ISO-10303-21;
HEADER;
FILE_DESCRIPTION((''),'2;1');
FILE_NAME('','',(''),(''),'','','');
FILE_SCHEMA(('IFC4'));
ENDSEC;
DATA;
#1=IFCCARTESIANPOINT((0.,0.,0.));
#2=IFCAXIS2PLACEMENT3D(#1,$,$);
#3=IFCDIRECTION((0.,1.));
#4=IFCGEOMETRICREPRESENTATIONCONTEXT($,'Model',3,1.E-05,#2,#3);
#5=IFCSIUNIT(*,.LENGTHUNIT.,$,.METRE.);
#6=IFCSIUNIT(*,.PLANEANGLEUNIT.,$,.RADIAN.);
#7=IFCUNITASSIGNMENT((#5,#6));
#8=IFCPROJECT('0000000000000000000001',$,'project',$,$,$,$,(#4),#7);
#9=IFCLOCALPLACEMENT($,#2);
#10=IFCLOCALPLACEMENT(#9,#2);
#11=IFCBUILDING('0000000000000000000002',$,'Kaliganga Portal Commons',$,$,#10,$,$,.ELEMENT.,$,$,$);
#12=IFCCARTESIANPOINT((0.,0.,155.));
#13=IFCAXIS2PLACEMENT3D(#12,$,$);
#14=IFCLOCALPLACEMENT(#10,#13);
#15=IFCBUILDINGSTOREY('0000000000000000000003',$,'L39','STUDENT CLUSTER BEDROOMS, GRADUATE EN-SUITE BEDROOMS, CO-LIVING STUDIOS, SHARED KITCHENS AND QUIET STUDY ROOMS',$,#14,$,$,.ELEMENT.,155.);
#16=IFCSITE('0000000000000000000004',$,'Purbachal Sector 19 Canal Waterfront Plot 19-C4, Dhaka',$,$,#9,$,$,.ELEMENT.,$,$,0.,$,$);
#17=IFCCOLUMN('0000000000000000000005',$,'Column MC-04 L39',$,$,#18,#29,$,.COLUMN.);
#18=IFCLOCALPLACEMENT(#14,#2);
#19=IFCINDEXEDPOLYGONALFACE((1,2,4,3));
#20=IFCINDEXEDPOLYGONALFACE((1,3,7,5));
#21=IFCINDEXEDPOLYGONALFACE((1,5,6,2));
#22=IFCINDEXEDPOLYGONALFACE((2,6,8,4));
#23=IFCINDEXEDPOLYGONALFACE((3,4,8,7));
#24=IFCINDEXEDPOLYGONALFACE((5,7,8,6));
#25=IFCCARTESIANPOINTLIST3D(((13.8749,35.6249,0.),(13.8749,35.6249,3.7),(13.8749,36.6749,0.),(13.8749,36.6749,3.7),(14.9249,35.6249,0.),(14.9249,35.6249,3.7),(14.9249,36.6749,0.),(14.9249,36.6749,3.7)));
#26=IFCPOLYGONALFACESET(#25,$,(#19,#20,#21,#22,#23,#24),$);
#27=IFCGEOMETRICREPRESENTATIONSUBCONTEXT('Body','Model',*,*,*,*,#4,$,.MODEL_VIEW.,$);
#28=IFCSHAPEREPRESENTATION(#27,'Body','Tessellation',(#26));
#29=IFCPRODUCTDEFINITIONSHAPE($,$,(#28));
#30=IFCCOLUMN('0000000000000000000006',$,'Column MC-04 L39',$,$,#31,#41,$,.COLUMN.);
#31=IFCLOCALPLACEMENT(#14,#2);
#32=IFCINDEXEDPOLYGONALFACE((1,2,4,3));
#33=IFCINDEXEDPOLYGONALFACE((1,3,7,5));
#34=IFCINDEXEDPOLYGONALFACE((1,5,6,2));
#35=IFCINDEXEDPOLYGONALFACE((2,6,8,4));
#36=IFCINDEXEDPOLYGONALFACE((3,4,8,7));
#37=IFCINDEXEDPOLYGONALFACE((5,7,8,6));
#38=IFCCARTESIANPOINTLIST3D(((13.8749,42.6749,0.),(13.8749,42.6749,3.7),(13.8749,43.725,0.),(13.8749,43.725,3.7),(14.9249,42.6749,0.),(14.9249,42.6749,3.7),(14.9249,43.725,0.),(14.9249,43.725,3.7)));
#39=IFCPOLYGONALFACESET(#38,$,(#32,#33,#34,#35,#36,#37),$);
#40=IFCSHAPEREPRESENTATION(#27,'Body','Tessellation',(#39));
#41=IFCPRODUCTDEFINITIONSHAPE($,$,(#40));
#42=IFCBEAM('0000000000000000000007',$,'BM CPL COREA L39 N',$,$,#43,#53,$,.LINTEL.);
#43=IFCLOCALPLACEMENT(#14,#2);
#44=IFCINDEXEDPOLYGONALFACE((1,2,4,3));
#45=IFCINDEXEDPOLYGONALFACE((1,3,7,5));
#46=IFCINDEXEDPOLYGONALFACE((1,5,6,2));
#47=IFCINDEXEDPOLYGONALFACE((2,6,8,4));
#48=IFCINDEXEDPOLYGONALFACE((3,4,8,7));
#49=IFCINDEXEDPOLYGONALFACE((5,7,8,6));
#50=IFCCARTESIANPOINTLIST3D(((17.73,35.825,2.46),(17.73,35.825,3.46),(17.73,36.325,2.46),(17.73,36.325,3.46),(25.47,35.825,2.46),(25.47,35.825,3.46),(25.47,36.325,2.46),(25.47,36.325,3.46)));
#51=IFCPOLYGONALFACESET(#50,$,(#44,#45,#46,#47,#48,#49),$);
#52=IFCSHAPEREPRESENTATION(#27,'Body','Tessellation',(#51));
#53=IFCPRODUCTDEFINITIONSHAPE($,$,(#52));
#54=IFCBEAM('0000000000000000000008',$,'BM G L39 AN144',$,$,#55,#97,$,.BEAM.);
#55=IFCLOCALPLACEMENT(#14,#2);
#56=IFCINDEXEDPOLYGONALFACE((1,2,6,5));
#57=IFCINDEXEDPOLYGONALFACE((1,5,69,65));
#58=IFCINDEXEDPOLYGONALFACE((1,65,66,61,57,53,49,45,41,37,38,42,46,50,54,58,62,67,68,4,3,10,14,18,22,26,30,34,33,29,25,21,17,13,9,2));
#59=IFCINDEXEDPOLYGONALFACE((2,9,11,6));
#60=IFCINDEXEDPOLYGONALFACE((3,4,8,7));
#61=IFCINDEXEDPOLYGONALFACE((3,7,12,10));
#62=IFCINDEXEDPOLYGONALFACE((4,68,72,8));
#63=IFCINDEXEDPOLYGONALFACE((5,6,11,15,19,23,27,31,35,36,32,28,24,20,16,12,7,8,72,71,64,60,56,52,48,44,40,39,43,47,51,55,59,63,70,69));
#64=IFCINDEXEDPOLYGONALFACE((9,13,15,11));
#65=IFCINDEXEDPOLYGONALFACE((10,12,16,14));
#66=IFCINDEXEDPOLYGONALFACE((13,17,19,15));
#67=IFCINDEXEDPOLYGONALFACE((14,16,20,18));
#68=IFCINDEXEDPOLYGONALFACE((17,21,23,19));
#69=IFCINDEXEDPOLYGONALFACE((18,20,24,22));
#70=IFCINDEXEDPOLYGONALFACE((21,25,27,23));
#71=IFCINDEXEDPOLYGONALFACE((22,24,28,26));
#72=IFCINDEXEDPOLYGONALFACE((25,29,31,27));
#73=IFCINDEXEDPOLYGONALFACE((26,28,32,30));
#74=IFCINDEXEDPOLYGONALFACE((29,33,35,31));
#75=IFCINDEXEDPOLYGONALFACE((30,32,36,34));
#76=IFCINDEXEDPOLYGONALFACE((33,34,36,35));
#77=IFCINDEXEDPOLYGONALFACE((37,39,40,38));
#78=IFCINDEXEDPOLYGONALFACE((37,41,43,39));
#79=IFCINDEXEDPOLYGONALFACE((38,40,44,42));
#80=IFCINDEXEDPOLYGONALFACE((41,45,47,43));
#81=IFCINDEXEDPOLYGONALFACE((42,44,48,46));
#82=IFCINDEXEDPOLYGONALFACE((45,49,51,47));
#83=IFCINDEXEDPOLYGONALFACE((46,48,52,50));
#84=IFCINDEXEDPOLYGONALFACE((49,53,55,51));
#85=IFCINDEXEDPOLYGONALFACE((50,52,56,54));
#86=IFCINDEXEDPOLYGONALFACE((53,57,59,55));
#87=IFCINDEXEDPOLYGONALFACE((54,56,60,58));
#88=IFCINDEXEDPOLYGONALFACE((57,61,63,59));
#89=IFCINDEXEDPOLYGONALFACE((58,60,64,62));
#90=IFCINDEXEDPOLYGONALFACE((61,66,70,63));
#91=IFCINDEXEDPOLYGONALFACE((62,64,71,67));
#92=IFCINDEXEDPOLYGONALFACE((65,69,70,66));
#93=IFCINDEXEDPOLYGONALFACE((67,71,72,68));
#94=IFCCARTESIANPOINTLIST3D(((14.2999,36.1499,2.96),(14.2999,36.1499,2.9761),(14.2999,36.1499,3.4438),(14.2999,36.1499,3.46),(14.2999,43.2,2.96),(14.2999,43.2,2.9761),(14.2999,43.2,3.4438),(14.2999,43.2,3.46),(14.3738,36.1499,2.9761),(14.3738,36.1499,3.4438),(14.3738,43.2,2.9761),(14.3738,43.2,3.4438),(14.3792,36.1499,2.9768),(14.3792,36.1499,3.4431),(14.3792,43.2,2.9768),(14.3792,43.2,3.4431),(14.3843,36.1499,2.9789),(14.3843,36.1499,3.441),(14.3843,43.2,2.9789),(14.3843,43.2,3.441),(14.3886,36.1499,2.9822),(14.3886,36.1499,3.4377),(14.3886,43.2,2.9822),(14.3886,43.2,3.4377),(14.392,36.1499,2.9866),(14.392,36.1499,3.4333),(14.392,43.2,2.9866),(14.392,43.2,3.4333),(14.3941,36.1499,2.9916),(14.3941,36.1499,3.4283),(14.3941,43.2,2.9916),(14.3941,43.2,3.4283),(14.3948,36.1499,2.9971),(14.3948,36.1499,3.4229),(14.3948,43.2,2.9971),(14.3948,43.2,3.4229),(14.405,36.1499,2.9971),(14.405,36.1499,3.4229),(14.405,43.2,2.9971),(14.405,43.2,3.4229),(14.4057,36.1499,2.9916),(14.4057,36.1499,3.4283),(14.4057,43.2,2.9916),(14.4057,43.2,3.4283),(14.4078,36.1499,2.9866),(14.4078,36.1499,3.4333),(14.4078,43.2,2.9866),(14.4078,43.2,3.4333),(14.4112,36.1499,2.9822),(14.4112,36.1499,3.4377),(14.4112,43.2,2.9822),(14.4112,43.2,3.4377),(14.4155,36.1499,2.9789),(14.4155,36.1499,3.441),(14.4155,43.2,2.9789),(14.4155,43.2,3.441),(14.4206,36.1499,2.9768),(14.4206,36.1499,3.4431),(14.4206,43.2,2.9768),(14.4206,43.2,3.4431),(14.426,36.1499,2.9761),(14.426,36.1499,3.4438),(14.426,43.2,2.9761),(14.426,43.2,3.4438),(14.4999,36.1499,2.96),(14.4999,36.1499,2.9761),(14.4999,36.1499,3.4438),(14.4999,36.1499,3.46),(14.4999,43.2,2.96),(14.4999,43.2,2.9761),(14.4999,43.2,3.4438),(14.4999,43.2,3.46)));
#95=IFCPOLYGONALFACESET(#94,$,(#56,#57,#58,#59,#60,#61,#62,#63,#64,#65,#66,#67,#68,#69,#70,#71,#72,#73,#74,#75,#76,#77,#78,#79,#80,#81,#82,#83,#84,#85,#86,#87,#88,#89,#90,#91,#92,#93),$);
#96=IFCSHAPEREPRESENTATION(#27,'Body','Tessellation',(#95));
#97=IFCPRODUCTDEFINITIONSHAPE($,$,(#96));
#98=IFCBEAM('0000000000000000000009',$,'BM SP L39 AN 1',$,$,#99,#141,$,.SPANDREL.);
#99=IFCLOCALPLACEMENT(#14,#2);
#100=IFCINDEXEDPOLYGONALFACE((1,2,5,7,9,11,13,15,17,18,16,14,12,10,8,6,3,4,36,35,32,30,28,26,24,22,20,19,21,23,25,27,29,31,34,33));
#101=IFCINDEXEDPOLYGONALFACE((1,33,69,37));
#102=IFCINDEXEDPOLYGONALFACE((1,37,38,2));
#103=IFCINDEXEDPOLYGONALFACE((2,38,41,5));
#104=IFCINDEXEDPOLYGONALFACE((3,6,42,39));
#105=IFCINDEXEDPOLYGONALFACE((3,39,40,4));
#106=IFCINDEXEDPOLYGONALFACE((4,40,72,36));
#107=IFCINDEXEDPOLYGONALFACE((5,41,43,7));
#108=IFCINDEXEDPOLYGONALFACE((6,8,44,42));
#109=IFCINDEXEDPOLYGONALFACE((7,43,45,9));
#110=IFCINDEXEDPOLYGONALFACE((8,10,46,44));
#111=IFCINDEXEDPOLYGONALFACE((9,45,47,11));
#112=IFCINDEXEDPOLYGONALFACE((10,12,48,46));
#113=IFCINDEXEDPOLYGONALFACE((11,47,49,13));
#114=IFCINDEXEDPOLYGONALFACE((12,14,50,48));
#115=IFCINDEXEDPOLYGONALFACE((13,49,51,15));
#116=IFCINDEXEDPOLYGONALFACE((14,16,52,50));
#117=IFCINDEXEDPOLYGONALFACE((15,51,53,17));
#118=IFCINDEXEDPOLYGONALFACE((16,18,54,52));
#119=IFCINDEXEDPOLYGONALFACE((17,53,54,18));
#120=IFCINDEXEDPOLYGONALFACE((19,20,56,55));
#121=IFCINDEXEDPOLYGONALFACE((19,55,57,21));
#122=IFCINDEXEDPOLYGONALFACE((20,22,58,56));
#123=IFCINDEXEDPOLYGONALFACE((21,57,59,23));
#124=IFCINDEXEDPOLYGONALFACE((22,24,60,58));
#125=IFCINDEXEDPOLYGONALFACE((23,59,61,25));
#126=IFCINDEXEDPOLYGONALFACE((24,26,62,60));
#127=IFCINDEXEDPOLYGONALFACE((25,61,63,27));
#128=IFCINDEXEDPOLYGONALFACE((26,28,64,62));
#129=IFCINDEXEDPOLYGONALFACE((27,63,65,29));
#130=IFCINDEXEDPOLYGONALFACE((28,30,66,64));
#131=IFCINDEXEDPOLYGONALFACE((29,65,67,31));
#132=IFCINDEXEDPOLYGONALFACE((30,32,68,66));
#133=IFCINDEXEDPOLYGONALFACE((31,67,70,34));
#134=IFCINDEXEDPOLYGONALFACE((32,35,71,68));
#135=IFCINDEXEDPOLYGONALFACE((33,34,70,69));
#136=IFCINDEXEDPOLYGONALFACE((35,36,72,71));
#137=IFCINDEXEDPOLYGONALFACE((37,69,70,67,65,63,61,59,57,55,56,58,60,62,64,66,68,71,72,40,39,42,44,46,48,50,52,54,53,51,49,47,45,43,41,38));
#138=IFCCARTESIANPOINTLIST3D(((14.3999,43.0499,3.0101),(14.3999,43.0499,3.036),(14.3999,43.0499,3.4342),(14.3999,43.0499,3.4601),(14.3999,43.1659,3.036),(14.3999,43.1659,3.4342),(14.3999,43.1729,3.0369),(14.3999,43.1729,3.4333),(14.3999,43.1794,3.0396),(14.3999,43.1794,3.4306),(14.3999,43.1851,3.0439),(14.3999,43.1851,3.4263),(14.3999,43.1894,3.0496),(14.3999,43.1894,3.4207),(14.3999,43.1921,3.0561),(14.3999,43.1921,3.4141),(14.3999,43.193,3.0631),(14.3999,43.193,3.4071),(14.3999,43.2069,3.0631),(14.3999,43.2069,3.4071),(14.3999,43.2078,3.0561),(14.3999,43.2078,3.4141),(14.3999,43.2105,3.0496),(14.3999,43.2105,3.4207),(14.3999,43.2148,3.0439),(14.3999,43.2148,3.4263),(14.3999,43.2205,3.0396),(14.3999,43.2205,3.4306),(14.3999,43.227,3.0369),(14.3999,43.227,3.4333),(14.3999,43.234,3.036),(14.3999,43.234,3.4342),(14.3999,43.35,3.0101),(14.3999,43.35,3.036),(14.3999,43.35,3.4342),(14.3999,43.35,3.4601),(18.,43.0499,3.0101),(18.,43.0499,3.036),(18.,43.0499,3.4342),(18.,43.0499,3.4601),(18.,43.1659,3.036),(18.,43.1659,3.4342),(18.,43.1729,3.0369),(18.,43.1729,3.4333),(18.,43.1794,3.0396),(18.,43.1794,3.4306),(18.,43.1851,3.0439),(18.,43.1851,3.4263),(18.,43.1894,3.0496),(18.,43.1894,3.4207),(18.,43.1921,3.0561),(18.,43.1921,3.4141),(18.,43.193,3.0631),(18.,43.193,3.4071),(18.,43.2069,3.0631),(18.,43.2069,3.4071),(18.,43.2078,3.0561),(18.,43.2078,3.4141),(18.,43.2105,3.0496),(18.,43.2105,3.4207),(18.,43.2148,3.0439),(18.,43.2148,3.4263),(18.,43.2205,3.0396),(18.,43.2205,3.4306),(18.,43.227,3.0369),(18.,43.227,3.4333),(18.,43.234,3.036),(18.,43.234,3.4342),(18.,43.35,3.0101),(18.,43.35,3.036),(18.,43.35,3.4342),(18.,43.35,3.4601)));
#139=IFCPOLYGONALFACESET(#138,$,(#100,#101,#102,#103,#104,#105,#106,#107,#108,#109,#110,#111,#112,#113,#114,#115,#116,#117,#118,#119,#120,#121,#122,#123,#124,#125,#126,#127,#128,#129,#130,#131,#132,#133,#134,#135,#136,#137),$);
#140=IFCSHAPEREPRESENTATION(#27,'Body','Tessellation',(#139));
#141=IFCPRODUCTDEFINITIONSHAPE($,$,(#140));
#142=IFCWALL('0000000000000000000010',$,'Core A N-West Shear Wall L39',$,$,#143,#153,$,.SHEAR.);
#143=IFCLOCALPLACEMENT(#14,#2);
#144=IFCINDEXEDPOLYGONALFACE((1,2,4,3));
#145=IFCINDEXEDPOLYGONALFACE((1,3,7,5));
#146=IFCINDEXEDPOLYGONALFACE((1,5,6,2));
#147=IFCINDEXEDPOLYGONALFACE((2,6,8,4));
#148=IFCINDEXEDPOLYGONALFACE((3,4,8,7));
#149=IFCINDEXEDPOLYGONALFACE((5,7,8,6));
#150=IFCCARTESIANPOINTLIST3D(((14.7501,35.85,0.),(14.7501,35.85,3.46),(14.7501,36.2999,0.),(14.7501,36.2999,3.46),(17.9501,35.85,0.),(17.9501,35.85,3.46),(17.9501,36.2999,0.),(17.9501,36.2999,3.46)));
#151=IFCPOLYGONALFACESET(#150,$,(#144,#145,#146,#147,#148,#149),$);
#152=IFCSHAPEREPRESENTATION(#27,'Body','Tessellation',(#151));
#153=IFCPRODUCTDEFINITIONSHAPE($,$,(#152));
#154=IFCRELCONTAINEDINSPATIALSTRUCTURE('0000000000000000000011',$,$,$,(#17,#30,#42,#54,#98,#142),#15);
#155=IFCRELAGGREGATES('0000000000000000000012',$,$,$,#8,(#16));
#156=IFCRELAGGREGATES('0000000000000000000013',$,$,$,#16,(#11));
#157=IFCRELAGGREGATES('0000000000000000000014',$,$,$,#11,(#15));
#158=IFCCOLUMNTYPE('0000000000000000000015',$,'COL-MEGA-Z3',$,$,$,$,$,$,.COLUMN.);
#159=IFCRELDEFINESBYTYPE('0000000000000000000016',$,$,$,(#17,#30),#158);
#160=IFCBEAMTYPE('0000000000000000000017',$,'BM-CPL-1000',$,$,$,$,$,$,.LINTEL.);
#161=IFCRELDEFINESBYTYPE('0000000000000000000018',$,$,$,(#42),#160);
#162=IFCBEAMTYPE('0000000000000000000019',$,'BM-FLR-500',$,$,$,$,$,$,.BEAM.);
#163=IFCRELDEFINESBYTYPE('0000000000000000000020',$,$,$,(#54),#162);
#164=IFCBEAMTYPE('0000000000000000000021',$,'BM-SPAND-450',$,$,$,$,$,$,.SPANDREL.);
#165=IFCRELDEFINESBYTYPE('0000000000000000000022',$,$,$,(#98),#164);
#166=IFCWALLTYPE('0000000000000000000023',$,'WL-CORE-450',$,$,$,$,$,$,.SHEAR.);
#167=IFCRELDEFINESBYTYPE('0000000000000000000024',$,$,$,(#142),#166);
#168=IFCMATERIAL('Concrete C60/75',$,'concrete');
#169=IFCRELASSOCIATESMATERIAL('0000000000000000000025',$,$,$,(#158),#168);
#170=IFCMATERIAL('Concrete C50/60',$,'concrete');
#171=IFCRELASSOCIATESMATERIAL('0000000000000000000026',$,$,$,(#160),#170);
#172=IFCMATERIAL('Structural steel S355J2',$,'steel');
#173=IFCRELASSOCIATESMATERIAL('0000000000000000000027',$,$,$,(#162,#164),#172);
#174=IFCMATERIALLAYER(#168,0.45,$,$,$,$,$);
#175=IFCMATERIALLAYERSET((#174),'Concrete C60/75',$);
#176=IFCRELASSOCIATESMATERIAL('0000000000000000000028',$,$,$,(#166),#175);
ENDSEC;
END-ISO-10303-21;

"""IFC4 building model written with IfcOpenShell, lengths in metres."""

from ifc_helpers import new_model, si_unit, direction, frame, frame_2d, origin, origin_2d, place, context, subcontext, project, spatial, rectangle, i_section, extrude, source, transform, mapped, material, layer, layer_set, material_profile, profile_set, type_object, element, save


model = new_model("IFC4")

# Units and contexts
model_context = context("Model", 3, precision=1e-05, world=origin(), true_north=direction((0.0, 1.0)))
body_context = subcontext(model_context, "Body", "Model", "MODEL_VIEW")
ifc_project = project(units=[si_unit("LENGTHUNIT", "METRE"), si_unit("PLANEANGLEUNIT", "RADIAN")], contexts=[model_context])

# Site, building, storey
site_placement = place(None, origin())
site = spatial("IfcSite", under=ifc_project, at=site_placement, Name="Purbachal Sector 19 Canal Waterfront Plot 19-C4, Dhaka", CompositionType="ELEMENT", RefElevation=0.0)
building_placement = place(site_placement, origin())
building = spatial("IfcBuilding", under=site, at=building_placement, Name="Kaliganga Portal Commons", CompositionType="ELEMENT")
storey_placement = place(building_placement, frame((0.0, 0.0, 155.0)))
storey = spatial("IfcBuildingStorey", under=building, at=storey_placement, Name="L39", Description="STUDENT CLUSTER BEDROOMS, GRADUATE EN-SUITE BEDROOMS, CO-LIVING STUDIOS, SHARED KITCHENS AND QUIET STUDY ROOMS", CompositionType="ELEMENT", Elevation=155.0)

# Columns
ifc_material_1 = material(Name="Concrete C60/75", Category="concrete")
ifc_material_profile_1 = material_profile(ifc_material_1, rectangle(XDim=1.05, YDim=1.05, at=origin_2d()), Name="RC 1050x1050")
ifc_profile_set_1 = profile_set([ifc_material_profile_1], Name="Concrete C60/75")
column_type = type_object("IfcColumnType", Name="COL-MEGA-Z3", PredefinedType="COLUMN", material=ifc_profile_set_1)
shared_shape_1 = source(origin(), body_context, "Body", "SweptSolid", [
    extrude(rectangle(XDim=1.05, YDim=1.05, at=origin_2d()), origin(), (0.0, 0.0, 1.0), 3.7),
])
for number, where, z_axis, x_axis, name in (
    (1, (14.3999, 36.1499, 0.0), (0.0, 0.0, 1.0), (1.0, 0.0, 0.0), "Column MC-04 L39"),
    (2, (14.3999, 43.2, 0.0), (0.0, 0.0, 1.0), (1.0, 0.0, 0.0), "Column MC-04 L39"),
):
    element("IfcColumn", number, at=place(storey_placement, frame(where, z_axis=z_axis, x_axis=x_axis)), inside=storey, type_object=column_type, Name=name, PredefinedType="COLUMN", context=body_context, shape_type="MappedRepresentation", body=[
        mapped(shared_shape_1, transform((0.0, 0.0, 0.0), x_axis=(1.0, 0.0, 0.0), y_axis=(0.0, 1.0, 0.0), z_axis=(0.0, 0.0, 1.0), scale=1.0)),
    ])

# Beams
ifc_material_2 = material(Name="Concrete C50/60", Category="concrete")
ifc_material_profile_2 = material_profile(ifc_material_2, rectangle(XDim=0.5, YDim=1.0, at=origin_2d()), Name="RC 500x1000")
ifc_profile_set_2 = profile_set([ifc_material_profile_2], Name="Concrete C50/60")
beam_type_1 = type_object("IfcBeamType", Name="BM-CPL-1000", PredefinedType="LINTEL", material=ifc_profile_set_2)
shared_shape_2 = source(origin(), body_context, "Body", "SweptSolid", [
    extrude(rectangle(XDim=0.5, YDim=1.0, at=origin_2d()), origin(), (0.0, 0.0, 1.0), 7.74),
])
beam_1_placement = place(storey_placement, frame((17.73, 36.075, 2.96), z_axis=(1.0, 0.0, 0.0), x_axis=(0.0, 1.0, 0.0)))
element("IfcBeam", 3, at=beam_1_placement, inside=storey, type_object=beam_type_1, Name="BM CPL COREA L39 N", PredefinedType="LINTEL", context=body_context, shape_type="MappedRepresentation", body=[
    mapped(shared_shape_2, transform((0.0, 0.0, 0.0), x_axis=(1.0, 0.0, 0.0), y_axis=(0.0, 1.0, 0.0), z_axis=(0.0, 0.0, 1.0), scale=1.0)),
])
ifc_material_3 = material(Name="Structural steel S355J2", Category="steel")
ifc_material_profile_3 = material_profile(ifc_material_3, i_section(OverallWidth=0.2, OverallDepth=0.5, WebThickness=0.0103, FlangeThickness=0.0161, FilletRadius=0.021, at=origin_2d()), Name="IPE 500")
ifc_profile_set_3 = profile_set([ifc_material_profile_3], Name="Structural steel S355J2 wide-flange")
beam_type_2 = type_object("IfcBeamType", Name="BM-FLR-500", PredefinedType="BEAM", material=ifc_profile_set_3)
shared_shape_3 = source(origin(), body_context, "Body", "SweptSolid", [
    extrude(i_section(OverallWidth=0.2, OverallDepth=0.5, WebThickness=0.0103, FlangeThickness=0.0161, FilletRadius=0.021, at=origin_2d()), origin(), (0.0, 0.0, 1.0), 7.05),
])
beam_2_placement = place(storey_placement, frame((14.3999, 36.1499, 3.21), z_axis=(0.0, 1.0, 0.0), x_axis=(-1.0, 0.0, 0.0)))
element("IfcBeam", 4, at=beam_2_placement, inside=storey, type_object=beam_type_2, Name="BM G L39 AN144", PredefinedType="BEAM", context=body_context, shape_type="MappedRepresentation", body=[
    mapped(shared_shape_3, transform((0.0, 0.0, 0.0), x_axis=(1.0, 0.0, 0.0), y_axis=(0.0, 1.0, 0.0), z_axis=(0.0, 0.0, 1.0), scale=1.0)),
])
ifc_material_profile_4 = material_profile(ifc_material_3, i_section(OverallWidth=0.3, OverallDepth=0.45, WebThickness=0.0139, FlangeThickness=0.0259, FilletRadius=0.0271, at=origin_2d()), Name="HE 450 B")
ifc_profile_set_4 = profile_set([ifc_material_profile_4], Name="Structural steel S355J2 wide-flange")
beam_type_3 = type_object("IfcBeamType", Name="BM-SPAND-450", PredefinedType="SPANDREL", material=ifc_profile_set_4)
shared_shape_4 = source(origin(), body_context, "Body", "SweptSolid", [
    extrude(i_section(OverallWidth=0.3, OverallDepth=0.45, WebThickness=0.0139, FlangeThickness=0.0259, FilletRadius=0.0271, at=origin_2d()), origin(), (0.0, 0.0, 1.0), 3.6001),
])
beam_3_placement = place(storey_placement, frame((14.3999, 43.2, 3.2351), z_axis=(1.0, 0.0, 0.0), x_axis=(0.0, 1.0, 0.0)))
element("IfcBeam", 5, at=beam_3_placement, inside=storey, type_object=beam_type_3, Name="BM SP L39 AN 1", PredefinedType="SPANDREL", context=body_context, shape_type="MappedRepresentation", body=[
    mapped(shared_shape_4, transform((0.0, 0.0, 0.0), x_axis=(1.0, 0.0, 0.0), y_axis=(0.0, 1.0, 0.0), z_axis=(0.0, 0.0, 1.0), scale=1.0)),
])

# Wall
ifc_layer_1 = layer(ifc_material_1, 0.45)
ifc_layer_set_1 = layer_set([ifc_layer_1], Name="Concrete C60/75")
wall_type_1 = type_object("IfcWallType", Name="WL-CORE-450", PredefinedType="SHEAR", material=ifc_layer_set_1)
wall_1_placement = place(storey_placement, frame((14.75, 36.075, 0.0), z_axis=(0.0, 0.0, 1.0), x_axis=(1.0, 0.0, 0.0)))
element("IfcWall", 6, at=wall_1_placement, inside=storey, type_object=wall_type_1, Name="Core A N-West Shear Wall L39", PredefinedType="SHEAR", context=body_context, shape_type="SweptSolid", body=[
    extrude(rectangle(XDim=3.2, YDim=0.45, at=frame_2d((1.6001, 0.0))), origin(), (0.0, 0.0, 1.0), 3.46),
])

save(model, "model.ifc")
